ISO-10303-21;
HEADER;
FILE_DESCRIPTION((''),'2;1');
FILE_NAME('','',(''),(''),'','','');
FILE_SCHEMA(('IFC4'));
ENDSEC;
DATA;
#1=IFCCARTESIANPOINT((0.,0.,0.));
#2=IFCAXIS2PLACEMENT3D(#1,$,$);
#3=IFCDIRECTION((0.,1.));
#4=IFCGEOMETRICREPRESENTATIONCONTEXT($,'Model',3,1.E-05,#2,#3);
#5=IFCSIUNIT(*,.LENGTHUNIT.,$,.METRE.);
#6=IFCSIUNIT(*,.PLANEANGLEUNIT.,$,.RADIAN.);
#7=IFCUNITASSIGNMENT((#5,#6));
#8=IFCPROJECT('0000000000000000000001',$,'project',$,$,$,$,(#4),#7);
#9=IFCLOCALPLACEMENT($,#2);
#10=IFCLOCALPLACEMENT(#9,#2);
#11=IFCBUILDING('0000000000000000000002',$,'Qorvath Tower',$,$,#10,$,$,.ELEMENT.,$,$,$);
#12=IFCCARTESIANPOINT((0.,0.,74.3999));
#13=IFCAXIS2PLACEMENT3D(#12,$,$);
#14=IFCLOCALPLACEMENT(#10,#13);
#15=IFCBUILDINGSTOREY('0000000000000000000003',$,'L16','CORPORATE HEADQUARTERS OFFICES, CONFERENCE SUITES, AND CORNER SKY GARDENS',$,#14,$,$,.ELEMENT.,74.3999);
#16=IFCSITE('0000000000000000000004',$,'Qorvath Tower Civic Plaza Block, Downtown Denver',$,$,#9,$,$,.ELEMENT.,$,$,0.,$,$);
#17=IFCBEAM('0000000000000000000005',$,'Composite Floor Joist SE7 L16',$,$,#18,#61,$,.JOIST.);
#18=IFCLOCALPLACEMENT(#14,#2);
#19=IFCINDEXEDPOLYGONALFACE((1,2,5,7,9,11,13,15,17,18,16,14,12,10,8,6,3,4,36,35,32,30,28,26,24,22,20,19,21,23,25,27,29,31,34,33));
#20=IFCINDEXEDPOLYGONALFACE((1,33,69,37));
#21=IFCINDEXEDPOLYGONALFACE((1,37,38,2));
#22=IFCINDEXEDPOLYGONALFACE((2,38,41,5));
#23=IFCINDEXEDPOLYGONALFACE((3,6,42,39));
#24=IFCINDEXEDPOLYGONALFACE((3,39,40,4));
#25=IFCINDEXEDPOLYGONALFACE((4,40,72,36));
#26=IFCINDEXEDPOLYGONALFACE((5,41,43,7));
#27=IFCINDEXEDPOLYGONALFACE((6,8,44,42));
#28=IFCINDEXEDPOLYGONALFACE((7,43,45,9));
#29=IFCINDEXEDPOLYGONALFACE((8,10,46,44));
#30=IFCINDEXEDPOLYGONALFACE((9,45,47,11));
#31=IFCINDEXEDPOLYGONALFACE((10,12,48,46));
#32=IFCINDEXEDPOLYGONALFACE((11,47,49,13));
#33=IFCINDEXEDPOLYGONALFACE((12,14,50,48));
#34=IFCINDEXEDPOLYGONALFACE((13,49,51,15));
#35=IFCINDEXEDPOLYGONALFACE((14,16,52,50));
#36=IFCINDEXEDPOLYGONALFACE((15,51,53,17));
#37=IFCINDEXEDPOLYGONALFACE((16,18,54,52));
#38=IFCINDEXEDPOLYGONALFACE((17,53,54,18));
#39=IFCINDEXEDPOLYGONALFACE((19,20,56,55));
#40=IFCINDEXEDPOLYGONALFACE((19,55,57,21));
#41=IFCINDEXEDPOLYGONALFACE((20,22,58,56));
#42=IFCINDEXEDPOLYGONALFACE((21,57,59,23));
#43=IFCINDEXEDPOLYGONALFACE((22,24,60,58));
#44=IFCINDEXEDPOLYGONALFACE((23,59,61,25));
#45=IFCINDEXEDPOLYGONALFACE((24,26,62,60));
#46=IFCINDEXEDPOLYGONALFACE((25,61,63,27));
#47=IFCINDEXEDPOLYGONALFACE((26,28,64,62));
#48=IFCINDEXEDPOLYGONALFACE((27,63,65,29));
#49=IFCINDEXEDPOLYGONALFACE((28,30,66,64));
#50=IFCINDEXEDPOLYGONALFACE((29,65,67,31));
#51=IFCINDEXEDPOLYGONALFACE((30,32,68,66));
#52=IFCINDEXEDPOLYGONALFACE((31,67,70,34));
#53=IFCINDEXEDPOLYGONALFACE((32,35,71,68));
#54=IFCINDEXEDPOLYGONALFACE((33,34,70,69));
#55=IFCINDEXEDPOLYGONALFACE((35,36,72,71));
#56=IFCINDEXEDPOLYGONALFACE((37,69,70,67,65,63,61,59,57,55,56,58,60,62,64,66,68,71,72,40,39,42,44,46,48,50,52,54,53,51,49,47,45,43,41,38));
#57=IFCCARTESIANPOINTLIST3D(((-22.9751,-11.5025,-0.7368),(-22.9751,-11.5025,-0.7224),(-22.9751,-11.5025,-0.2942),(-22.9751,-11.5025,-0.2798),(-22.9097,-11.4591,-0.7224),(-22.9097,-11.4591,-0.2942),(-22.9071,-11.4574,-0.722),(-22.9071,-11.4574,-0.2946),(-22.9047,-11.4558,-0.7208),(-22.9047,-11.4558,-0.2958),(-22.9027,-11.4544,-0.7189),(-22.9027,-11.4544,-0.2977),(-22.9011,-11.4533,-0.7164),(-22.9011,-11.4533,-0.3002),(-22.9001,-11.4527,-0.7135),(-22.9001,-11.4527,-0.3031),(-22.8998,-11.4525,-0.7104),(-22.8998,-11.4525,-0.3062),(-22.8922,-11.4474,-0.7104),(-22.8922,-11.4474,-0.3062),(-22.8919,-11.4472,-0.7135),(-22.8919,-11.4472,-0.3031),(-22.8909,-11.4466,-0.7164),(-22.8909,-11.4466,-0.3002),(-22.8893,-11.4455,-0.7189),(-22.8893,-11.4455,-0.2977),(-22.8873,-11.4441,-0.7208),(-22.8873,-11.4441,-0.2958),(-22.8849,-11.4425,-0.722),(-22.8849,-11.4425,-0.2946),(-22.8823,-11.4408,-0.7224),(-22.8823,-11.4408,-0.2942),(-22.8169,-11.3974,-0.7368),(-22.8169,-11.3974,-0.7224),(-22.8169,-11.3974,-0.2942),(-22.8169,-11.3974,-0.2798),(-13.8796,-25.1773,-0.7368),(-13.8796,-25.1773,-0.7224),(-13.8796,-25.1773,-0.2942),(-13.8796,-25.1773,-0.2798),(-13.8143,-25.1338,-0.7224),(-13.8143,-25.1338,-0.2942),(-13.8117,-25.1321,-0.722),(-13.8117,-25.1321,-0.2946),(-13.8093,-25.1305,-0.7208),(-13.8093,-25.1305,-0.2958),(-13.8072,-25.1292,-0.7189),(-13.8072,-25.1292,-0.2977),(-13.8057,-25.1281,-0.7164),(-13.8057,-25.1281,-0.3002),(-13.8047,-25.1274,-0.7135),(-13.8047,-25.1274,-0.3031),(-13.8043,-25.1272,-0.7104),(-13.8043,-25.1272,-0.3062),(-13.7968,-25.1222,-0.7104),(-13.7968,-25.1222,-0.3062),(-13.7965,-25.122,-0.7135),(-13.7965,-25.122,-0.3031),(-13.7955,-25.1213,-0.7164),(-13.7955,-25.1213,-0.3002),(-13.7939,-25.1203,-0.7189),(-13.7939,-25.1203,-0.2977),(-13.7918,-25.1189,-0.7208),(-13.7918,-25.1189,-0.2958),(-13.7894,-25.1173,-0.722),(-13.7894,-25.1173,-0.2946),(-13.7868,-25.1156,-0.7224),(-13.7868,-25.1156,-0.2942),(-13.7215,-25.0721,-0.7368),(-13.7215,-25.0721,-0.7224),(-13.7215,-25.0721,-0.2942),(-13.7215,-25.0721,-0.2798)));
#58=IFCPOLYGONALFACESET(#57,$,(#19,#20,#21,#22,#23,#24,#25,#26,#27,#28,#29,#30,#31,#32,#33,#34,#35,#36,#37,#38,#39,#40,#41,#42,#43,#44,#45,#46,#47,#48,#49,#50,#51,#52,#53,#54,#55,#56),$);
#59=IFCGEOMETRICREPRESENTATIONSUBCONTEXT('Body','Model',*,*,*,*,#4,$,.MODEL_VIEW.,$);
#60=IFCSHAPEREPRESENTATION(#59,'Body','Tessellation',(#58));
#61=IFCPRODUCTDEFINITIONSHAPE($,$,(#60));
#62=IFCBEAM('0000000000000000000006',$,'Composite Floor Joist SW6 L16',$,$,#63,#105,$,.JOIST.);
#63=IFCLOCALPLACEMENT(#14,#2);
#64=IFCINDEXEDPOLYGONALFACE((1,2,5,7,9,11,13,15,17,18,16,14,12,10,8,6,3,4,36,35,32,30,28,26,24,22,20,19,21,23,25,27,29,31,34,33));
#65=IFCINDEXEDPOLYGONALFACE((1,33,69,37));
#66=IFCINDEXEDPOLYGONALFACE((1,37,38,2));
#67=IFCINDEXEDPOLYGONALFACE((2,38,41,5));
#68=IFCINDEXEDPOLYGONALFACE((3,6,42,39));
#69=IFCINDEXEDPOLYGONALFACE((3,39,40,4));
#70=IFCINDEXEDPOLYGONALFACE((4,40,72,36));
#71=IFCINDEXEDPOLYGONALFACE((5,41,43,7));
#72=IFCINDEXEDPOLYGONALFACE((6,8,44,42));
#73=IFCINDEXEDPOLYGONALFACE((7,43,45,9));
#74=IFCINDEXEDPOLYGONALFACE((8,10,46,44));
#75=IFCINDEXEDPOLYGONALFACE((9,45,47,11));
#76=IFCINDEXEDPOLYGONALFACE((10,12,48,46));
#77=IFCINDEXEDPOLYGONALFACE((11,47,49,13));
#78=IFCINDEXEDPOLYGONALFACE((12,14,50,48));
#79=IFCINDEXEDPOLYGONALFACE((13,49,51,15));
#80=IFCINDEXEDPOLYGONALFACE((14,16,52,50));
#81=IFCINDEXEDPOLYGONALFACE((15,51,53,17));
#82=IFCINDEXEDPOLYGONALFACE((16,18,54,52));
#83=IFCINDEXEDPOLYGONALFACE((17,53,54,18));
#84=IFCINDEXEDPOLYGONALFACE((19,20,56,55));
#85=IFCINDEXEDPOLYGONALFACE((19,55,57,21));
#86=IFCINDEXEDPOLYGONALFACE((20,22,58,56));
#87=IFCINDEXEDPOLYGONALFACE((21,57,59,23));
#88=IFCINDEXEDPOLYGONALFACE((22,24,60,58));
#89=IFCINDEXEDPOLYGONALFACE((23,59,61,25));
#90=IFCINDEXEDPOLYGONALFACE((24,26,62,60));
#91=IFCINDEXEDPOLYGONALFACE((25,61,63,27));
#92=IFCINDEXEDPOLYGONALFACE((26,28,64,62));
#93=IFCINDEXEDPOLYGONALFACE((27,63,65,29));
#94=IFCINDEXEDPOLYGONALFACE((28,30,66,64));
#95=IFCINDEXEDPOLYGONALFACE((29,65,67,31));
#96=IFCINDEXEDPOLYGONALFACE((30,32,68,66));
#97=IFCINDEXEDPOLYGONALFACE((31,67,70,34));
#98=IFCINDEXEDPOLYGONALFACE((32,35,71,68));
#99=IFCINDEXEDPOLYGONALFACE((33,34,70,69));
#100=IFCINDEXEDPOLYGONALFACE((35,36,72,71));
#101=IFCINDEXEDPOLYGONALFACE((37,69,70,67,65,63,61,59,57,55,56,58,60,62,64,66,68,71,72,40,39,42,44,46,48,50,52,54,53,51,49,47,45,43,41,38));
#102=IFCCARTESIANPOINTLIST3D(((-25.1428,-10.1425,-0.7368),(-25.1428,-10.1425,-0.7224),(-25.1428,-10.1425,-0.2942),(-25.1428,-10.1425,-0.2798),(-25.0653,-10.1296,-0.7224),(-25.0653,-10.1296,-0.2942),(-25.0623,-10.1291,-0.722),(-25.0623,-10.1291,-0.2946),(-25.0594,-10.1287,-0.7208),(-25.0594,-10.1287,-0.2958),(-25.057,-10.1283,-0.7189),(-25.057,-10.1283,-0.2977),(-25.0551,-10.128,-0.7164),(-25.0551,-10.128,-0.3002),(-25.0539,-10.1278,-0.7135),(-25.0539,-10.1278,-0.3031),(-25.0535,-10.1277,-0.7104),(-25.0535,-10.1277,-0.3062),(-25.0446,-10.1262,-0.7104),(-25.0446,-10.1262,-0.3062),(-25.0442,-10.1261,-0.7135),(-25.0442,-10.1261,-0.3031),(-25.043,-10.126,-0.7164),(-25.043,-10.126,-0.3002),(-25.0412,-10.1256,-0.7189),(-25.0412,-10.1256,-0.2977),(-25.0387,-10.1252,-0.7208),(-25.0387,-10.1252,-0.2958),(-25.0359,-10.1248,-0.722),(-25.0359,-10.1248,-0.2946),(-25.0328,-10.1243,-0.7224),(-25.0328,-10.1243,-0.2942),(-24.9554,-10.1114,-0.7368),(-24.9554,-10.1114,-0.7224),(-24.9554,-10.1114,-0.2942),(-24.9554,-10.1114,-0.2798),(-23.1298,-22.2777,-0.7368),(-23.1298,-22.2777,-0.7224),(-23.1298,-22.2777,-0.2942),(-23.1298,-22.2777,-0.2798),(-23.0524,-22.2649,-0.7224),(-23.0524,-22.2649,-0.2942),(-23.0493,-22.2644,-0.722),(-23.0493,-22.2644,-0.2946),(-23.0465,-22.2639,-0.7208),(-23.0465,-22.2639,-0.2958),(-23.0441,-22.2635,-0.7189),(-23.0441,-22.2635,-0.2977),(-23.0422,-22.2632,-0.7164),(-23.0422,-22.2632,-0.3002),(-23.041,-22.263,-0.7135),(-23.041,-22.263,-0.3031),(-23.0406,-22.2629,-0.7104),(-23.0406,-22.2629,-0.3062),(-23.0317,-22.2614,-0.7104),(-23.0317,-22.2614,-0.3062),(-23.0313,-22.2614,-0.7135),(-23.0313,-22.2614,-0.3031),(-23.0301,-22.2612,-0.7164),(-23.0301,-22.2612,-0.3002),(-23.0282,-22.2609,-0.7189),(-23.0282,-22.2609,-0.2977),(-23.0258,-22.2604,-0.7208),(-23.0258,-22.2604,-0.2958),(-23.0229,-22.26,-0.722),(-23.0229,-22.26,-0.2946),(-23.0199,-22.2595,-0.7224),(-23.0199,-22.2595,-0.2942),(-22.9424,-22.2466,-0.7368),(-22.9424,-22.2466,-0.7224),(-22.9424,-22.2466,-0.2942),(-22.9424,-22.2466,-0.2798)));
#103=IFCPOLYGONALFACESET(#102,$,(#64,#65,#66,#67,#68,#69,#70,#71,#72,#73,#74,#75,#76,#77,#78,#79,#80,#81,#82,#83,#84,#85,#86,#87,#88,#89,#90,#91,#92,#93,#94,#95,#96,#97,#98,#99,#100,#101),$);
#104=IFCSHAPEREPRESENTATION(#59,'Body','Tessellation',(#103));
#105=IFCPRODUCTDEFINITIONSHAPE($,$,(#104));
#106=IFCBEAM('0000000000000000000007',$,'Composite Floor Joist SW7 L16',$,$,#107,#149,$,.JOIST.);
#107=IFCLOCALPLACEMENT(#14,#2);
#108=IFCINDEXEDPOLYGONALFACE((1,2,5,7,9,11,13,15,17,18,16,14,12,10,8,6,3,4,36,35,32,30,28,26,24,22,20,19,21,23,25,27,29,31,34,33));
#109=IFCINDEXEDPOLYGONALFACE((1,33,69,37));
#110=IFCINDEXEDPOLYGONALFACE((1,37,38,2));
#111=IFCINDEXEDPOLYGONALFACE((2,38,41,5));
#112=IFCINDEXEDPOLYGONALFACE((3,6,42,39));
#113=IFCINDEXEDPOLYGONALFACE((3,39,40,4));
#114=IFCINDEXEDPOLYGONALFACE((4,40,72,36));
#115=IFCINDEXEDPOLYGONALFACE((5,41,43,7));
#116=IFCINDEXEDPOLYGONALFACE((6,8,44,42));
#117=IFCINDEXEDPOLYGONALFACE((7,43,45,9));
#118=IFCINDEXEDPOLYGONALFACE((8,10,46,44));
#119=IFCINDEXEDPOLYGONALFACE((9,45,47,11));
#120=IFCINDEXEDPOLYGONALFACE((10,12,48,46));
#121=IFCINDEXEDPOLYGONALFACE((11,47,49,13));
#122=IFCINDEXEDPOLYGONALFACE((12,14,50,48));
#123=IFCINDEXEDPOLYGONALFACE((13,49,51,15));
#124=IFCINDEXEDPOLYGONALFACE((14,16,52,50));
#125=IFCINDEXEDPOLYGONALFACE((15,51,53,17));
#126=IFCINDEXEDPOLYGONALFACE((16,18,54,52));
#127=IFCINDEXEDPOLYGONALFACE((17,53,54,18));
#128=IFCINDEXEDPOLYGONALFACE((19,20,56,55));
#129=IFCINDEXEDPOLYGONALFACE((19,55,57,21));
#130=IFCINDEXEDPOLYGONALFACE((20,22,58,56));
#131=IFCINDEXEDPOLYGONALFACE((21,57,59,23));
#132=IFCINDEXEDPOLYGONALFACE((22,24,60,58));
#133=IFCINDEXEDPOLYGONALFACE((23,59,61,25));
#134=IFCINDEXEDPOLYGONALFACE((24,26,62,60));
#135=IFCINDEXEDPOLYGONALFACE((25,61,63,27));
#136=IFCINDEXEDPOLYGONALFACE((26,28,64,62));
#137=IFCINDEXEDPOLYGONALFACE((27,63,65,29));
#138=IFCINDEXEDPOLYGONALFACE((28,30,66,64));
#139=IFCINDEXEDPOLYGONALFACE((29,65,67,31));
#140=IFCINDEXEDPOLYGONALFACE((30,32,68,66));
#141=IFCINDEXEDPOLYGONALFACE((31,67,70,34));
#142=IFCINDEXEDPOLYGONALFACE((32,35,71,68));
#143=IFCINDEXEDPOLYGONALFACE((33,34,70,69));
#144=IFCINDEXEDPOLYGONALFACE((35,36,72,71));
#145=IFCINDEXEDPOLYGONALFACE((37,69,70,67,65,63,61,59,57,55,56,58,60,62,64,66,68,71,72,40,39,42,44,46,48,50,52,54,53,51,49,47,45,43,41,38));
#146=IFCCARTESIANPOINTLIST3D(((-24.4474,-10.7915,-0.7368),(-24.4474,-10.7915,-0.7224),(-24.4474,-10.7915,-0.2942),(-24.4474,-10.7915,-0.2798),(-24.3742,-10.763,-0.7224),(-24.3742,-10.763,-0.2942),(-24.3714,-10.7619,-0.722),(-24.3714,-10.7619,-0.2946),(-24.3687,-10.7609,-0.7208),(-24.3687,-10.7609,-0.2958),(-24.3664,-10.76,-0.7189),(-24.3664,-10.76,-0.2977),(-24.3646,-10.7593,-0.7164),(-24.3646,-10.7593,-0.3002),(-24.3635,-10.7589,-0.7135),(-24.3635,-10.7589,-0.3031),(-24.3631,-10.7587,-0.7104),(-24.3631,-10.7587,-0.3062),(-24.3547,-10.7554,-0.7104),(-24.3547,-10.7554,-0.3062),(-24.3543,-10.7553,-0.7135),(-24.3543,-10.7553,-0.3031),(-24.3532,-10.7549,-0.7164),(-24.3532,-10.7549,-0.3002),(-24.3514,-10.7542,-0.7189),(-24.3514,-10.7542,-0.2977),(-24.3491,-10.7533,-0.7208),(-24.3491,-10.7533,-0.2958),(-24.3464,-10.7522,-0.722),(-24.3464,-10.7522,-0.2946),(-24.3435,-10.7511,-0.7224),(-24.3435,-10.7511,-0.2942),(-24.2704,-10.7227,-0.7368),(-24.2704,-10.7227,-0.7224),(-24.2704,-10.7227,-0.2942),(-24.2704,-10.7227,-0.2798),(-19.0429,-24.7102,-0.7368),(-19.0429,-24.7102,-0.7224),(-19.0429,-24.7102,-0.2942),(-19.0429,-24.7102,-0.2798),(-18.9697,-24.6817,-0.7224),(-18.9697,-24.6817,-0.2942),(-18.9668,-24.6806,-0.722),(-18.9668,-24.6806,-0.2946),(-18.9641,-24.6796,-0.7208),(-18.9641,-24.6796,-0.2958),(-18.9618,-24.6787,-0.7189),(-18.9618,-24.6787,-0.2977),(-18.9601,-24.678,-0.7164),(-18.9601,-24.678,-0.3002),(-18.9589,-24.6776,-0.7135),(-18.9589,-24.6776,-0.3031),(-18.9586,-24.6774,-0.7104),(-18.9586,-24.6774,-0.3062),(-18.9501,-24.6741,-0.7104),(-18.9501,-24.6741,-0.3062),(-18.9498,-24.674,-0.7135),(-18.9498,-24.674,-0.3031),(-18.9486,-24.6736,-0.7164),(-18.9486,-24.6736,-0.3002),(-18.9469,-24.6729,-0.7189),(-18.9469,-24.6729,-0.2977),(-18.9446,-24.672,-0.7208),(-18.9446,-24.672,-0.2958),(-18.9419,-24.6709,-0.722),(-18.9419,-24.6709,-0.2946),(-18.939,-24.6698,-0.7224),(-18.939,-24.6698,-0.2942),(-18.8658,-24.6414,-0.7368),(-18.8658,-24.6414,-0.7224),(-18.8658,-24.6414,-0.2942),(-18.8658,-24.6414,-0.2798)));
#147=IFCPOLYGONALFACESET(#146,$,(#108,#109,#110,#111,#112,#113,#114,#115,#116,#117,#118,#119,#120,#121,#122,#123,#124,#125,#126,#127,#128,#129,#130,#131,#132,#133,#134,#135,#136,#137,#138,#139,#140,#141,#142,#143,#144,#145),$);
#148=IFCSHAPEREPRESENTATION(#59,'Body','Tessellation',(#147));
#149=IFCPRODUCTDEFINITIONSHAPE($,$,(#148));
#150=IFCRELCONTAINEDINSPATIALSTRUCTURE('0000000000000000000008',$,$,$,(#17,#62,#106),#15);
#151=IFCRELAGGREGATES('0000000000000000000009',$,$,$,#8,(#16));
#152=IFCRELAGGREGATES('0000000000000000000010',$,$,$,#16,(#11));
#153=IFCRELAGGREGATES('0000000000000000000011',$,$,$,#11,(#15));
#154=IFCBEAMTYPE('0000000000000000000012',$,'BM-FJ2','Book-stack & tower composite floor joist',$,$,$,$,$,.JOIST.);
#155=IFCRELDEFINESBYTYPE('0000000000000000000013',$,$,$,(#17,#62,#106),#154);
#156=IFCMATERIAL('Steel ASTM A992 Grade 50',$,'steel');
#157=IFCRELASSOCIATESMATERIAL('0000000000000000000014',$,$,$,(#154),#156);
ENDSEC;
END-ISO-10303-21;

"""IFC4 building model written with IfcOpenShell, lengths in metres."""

from ifc_helpers import new_model, si_unit, direction, frame, origin, origin_2d, place, context, subcontext, project, spatial, i_section, extrude, material, material_profile, profile_set, type_object, element, save


model = new_model("IFC4")

# Units and contexts
model_context = context("Model", 3, precision=1e-05, world=origin(), true_north=direction((0.0, 1.0)))
body_context = subcontext(model_context, "Body", "Model", "MODEL_VIEW")
ifc_project = project(units=[si_unit("LENGTHUNIT", "METRE"), si_unit("PLANEANGLEUNIT", "RADIAN")], contexts=[model_context])

# Site, building, storey
site_placement = place(None, origin())
site = spatial("IfcSite", under=ifc_project, at=site_placement, Name="Qorvath Tower Civic Plaza Block, Downtown Denver", CompositionType="ELEMENT", RefElevation=0.0)
building_placement = place(site_placement, origin())
building = spatial("IfcBuilding", under=site, at=building_placement, Name="Qorvath Tower", CompositionType="ELEMENT")
storey_placement = place(building_placement, frame((0.0, 0.0, 74.3999)))
storey = spatial("IfcBuildingStorey", under=building, at=storey_placement, Name="L16", Description="CORPORATE HEADQUARTERS OFFICES, CONFERENCE SUITES, AND CORNER SKY GARDENS", CompositionType="ELEMENT", Elevation=74.3999)

# Beams
ifc_material_1 = material(Name="Steel ASTM A992 Grade 50", Category="steel")
ifc_material_profile_1 = material_profile(ifc_material_1, i_section(OverallWidth=0.1899, OverallDepth=0.457, WebThickness=0.009, FlangeThickness=0.0144, FilletRadius=0.012, at=origin_2d()), Name="W18x50")
ifc_profile_set_1 = profile_set([ifc_material_profile_1], Name="Steel ASTM A992 Grade 50")
beam_type_1 = type_object("IfcBeamType", Name="BM-FJ2", Description="Book-stack & tower composite floor joist", PredefinedType="JOIST", material=ifc_profile_set_1)
beam_1_placement = place(storey_placement, frame((-22.896, -11.45, -0.5083), z_axis=(0.553811, -0.832642, 0.0), x_axis=(0.832642, 0.553811, 0.0)))
element("IfcBeam", 1, at=beam_1_placement, inside=storey, type_object=beam_type_1, Name="Composite Floor Joist SE7 L16", PredefinedType="JOIST", context=body_context, shape_type="SweptSolid", body=[
    extrude(i_section(OverallWidth=0.1899, OverallDepth=0.457, WebThickness=0.009, FlangeThickness=0.0144, FilletRadius=0.012, at=origin_2d()), origin(), (0.0, 0.0, 1.0), 16.4233),
])
beam_2_placement = place(storey_placement, frame((-25.0491, -10.127, -0.5083), z_axis=(0.163639, -0.98652, 0.0), x_axis=(0.98652, 0.163639, 0.0)))
element("IfcBeam", 2, at=beam_2_placement, inside=storey, type_object=beam_type_1, Name="Composite Floor Joist SW6 L16", PredefinedType="JOIST", context=body_context, shape_type="SweptSolid", body=[
    extrude(i_section(OverallWidth=0.1899, OverallDepth=0.457, WebThickness=0.009, FlangeThickness=0.0144, FilletRadius=0.012, at=origin_2d()), origin(), (0.0, 0.0, 1.0), 12.301),
])
beam_3_placement = place(storey_placement, frame((-24.3589, -10.7571, -0.5083), z_axis=(0.361964, -0.932192, 0.0), x_axis=(0.932192, 0.361964, 0.0)))
element("IfcBeam", 3, at=beam_3_placement, inside=storey, type_object=beam_type_1, Name="Composite Floor Joist SW7 L16", PredefinedType="JOIST", context=body_context, shape_type="SweptSolid", body=[
    extrude(i_section(OverallWidth=0.1899, OverallDepth=0.457, WebThickness=0.009, FlangeThickness=0.0144, FilletRadius=0.012, at=origin_2d()), origin(), (0.0, 0.0, 1.0), 14.9312),
])

save(model, "model.ifc")
